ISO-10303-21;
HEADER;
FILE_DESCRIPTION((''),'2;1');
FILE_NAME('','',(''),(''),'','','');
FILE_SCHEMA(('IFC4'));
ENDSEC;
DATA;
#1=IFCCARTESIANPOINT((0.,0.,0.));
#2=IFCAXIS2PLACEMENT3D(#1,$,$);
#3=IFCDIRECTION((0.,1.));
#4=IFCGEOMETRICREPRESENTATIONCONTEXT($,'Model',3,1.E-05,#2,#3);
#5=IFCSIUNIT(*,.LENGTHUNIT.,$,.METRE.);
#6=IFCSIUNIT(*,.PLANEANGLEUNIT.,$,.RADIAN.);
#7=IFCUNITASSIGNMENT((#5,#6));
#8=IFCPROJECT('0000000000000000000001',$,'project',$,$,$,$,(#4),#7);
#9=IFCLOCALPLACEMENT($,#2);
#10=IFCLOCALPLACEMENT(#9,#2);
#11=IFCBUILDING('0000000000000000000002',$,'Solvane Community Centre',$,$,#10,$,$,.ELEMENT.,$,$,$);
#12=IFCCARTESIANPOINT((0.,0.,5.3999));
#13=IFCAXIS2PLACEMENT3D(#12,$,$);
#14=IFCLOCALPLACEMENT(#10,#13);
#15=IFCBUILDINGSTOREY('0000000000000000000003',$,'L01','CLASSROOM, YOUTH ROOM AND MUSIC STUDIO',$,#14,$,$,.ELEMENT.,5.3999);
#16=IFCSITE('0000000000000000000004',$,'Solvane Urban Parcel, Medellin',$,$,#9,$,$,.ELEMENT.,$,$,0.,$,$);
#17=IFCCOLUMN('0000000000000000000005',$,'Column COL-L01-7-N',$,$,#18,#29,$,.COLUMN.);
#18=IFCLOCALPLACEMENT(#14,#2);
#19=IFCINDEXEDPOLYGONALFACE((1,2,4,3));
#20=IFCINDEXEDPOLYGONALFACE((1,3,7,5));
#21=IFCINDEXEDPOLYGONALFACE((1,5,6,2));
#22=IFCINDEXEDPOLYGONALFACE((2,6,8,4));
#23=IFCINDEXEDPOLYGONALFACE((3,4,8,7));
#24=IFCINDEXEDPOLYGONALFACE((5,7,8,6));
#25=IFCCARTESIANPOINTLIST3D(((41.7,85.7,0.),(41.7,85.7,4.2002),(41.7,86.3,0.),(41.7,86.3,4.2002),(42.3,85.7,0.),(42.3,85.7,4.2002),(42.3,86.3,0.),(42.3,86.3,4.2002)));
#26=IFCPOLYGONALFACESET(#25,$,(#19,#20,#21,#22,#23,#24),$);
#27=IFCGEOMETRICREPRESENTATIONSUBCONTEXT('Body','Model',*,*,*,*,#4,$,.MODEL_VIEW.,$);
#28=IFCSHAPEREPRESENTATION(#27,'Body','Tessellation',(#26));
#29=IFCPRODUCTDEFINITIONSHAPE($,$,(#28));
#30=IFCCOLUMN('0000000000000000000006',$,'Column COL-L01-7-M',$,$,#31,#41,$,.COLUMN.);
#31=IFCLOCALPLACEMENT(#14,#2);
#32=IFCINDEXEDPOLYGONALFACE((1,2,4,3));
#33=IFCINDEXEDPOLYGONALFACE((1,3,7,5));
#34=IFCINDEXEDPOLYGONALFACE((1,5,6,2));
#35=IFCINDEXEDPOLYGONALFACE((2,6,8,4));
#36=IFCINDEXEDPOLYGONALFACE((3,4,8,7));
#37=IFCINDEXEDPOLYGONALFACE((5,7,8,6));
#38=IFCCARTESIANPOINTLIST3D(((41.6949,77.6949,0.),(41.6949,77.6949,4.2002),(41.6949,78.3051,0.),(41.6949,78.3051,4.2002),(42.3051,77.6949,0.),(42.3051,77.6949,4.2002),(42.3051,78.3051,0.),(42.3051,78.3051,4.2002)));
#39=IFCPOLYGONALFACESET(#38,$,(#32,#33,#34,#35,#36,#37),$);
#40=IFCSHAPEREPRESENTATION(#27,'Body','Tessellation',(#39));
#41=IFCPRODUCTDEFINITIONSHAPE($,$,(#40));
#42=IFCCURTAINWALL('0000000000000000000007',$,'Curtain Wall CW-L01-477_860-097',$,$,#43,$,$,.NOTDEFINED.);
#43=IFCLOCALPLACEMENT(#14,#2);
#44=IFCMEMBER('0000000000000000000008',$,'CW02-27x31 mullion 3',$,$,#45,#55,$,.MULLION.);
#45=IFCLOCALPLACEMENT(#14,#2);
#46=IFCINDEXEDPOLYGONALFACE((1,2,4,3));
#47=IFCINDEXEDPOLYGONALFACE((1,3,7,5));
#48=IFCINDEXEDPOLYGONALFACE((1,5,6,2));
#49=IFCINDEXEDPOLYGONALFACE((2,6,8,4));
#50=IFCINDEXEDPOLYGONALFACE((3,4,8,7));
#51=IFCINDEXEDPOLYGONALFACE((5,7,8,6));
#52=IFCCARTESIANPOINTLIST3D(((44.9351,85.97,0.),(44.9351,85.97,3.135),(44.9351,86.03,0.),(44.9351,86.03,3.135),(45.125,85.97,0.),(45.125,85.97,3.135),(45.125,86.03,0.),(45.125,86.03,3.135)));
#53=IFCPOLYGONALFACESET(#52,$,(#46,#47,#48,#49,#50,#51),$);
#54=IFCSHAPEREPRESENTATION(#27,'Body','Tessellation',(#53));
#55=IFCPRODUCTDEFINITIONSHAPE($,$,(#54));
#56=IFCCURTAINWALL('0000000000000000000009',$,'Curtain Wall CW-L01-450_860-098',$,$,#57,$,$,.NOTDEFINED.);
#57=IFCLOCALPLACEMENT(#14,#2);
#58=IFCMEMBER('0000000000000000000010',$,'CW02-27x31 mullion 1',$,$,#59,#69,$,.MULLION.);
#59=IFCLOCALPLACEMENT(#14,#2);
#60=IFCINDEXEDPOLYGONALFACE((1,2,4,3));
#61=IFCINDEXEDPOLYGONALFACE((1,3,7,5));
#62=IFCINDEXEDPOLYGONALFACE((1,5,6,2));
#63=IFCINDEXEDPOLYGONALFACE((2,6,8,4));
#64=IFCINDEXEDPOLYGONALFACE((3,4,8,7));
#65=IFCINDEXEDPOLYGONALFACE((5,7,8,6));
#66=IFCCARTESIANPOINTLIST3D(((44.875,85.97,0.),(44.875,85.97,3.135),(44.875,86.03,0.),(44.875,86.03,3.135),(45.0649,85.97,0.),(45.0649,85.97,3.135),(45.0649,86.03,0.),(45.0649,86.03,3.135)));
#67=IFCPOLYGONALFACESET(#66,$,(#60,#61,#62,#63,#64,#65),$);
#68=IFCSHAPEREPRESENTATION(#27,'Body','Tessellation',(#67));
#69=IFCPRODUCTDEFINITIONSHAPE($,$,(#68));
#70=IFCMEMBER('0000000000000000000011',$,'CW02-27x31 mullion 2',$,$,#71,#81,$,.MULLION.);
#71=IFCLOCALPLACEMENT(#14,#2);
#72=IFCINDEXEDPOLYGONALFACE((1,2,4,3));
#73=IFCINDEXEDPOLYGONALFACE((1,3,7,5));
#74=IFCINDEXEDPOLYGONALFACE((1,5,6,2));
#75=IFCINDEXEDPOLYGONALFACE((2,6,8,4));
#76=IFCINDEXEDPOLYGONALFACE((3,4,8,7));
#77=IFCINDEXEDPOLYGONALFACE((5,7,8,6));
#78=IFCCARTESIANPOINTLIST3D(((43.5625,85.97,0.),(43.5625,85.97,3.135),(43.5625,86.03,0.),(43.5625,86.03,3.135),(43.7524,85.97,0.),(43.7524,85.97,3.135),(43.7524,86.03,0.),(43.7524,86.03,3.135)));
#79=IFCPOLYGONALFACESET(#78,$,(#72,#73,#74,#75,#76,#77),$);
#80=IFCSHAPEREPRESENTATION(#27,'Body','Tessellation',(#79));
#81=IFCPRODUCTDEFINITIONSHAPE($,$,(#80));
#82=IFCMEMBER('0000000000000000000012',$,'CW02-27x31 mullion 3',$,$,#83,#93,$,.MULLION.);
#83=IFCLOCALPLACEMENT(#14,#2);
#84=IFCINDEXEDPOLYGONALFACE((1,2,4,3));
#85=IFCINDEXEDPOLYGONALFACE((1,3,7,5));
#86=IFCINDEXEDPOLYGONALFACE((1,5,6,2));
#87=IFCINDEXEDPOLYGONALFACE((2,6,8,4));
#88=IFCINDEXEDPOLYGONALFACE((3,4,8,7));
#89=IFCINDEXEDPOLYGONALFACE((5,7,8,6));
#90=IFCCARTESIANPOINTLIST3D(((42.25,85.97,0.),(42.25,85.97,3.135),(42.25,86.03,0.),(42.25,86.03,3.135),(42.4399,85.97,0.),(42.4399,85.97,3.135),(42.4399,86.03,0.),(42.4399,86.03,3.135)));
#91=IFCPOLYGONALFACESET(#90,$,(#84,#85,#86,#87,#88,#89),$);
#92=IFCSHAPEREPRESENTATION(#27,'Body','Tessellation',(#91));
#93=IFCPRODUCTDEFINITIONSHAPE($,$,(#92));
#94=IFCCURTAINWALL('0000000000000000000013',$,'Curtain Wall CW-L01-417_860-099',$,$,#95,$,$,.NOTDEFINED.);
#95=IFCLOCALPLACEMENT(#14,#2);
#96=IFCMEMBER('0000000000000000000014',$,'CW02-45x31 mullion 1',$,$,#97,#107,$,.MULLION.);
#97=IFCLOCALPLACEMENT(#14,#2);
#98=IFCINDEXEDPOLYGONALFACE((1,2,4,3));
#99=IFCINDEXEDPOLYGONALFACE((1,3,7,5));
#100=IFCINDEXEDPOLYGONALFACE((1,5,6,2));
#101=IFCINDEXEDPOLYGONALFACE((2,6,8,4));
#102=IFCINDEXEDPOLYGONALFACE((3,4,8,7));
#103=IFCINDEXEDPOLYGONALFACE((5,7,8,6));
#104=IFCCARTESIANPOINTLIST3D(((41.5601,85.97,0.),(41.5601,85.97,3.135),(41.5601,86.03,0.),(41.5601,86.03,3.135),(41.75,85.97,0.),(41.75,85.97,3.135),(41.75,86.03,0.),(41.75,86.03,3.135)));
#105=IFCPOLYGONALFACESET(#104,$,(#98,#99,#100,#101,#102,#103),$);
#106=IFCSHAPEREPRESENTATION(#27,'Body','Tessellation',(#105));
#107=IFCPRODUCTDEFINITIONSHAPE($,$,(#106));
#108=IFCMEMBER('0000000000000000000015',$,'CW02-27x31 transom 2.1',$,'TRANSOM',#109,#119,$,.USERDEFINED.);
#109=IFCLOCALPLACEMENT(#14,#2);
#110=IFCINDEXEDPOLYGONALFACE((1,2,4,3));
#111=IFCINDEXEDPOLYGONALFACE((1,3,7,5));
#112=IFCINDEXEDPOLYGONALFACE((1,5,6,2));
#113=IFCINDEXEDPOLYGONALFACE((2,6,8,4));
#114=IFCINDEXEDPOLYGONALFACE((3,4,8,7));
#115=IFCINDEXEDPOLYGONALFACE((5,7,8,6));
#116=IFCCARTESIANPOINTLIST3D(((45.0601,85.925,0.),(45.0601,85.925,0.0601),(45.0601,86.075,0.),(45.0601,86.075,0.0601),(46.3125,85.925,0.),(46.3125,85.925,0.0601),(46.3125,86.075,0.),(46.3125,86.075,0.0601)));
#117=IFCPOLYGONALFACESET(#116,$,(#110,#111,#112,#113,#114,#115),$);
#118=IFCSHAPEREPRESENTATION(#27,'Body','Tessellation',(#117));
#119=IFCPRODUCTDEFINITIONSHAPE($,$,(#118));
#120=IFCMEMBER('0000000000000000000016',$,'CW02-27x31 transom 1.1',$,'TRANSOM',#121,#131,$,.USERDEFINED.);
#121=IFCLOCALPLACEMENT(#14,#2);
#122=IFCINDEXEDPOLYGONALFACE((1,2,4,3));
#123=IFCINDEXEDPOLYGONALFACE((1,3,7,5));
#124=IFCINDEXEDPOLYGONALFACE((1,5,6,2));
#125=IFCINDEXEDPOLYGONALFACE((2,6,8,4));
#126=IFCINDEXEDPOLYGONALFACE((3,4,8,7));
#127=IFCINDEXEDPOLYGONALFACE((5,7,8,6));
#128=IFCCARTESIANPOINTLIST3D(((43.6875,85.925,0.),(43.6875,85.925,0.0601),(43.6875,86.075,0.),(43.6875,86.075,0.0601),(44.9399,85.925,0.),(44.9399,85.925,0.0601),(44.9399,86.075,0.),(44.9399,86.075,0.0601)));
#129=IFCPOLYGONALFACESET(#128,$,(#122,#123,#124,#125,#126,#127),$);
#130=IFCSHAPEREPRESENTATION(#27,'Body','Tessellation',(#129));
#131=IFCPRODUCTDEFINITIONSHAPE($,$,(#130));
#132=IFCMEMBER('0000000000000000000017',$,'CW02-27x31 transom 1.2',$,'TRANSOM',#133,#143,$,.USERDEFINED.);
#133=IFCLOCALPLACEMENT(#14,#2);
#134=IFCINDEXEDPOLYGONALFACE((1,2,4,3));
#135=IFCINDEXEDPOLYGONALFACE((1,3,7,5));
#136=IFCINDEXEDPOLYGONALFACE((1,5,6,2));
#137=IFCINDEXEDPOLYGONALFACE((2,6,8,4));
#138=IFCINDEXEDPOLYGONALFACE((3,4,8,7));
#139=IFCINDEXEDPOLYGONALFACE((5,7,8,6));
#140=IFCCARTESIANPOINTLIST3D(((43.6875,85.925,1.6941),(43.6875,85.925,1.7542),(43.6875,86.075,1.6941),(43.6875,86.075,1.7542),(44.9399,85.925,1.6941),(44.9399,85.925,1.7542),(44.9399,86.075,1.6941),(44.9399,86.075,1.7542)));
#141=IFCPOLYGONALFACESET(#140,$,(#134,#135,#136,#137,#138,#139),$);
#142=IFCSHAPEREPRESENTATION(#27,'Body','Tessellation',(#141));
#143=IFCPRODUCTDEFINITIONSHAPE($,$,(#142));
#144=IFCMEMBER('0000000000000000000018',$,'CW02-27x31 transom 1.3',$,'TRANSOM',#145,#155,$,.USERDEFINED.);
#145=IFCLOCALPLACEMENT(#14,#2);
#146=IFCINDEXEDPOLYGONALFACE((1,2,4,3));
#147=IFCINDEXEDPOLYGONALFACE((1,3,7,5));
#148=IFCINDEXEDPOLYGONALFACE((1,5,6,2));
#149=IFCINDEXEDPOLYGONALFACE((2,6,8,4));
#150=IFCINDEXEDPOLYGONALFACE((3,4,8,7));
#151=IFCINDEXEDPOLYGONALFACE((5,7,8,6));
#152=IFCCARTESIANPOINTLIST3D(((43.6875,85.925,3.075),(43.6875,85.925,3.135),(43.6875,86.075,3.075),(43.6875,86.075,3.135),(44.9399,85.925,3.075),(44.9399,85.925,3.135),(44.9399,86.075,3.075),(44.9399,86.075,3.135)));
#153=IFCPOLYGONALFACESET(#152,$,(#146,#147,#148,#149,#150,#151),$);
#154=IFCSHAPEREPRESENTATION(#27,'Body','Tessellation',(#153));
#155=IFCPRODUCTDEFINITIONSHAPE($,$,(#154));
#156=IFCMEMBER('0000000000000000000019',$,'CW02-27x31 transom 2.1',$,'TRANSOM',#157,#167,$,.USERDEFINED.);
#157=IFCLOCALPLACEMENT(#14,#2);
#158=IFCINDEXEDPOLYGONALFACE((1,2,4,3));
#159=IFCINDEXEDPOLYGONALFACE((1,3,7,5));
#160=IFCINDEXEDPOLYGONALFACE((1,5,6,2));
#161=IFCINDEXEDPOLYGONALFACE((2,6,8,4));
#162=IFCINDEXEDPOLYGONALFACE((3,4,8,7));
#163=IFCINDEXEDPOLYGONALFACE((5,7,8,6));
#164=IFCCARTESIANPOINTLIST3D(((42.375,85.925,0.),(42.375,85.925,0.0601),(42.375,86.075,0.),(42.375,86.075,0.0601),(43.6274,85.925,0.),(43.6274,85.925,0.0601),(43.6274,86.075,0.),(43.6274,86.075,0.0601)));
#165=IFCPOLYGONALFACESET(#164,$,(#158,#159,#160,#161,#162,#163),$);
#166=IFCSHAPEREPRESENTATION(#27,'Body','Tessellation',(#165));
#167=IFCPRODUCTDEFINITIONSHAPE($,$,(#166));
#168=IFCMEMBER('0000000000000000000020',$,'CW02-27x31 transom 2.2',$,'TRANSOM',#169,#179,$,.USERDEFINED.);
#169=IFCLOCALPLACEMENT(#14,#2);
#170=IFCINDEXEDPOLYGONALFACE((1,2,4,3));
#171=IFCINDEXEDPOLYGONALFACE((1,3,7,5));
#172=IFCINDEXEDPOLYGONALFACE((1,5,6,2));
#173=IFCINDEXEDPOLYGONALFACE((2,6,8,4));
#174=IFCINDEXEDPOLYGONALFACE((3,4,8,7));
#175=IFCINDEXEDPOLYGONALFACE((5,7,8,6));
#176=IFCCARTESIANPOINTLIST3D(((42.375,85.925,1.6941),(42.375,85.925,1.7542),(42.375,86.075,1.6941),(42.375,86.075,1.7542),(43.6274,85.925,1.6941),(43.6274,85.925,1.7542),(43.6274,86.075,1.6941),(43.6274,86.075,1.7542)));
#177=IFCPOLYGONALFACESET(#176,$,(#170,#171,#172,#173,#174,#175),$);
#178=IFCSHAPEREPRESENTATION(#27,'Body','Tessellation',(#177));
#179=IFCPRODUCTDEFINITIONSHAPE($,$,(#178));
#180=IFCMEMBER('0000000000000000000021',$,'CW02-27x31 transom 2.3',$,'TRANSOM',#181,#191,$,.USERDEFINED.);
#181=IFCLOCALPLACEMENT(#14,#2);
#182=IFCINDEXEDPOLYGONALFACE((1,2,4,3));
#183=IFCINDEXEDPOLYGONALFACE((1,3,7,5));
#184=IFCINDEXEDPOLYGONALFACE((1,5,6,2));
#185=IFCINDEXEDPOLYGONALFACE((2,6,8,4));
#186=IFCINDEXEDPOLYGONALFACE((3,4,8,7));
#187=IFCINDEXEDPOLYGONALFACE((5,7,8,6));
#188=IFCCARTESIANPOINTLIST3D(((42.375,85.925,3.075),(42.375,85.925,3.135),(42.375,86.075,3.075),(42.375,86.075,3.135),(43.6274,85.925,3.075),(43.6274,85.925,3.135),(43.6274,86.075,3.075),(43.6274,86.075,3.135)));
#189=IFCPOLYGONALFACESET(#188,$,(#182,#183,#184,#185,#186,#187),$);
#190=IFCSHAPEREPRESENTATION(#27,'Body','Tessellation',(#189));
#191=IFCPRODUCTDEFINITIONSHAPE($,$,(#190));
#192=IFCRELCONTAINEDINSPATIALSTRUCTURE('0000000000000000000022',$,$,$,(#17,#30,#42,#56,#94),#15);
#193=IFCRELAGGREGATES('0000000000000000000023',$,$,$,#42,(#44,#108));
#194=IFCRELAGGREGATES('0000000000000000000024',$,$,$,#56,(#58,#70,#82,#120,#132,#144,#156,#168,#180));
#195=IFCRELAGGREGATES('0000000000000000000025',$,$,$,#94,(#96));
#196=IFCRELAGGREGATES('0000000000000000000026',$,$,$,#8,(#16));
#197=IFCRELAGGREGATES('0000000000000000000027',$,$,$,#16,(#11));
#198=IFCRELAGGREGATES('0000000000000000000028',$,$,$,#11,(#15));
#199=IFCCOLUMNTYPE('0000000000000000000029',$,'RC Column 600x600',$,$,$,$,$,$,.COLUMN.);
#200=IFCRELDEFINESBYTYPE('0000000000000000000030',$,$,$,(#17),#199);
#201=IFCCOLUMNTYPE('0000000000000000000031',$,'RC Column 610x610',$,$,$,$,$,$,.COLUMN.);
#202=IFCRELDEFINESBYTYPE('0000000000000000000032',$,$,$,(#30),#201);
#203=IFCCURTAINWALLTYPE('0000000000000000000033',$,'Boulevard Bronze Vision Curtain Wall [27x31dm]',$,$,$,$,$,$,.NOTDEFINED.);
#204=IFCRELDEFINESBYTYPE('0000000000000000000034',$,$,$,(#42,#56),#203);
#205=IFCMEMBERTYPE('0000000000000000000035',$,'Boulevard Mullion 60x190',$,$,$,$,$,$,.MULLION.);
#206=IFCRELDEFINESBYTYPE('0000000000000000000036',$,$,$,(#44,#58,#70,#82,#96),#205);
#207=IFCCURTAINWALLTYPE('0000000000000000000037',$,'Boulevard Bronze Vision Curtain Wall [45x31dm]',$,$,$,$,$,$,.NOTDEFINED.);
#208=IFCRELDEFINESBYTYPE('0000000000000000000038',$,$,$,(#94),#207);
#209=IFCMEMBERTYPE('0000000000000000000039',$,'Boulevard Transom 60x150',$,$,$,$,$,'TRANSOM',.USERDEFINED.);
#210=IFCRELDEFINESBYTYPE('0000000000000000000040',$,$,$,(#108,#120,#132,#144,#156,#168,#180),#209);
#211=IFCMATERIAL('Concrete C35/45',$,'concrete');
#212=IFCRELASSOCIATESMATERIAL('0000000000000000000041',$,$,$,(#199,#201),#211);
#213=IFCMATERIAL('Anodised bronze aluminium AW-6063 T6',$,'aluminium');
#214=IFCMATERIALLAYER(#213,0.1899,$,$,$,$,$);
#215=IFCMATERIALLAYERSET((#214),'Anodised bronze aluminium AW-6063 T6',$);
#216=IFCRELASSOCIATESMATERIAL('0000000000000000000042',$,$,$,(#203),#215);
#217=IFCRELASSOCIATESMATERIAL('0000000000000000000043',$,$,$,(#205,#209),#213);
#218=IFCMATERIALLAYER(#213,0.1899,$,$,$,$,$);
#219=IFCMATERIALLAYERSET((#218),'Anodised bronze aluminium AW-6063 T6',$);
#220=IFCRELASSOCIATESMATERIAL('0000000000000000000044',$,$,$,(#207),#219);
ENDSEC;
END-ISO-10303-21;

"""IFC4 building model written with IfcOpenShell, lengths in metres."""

from ifc_helpers import new_model, si_unit, direction, frame, origin, origin_2d, place, context, subcontext, project, spatial, rectangle, extrude, material, layer, layer_set, material_profile, profile_set, type_object, element, aggregate, save


model = new_model("IFC4")

# Units and contexts
model_context = context("Model", 3, precision=1e-05, world=origin(), true_north=direction((0.0, 1.0)))
body_context = subcontext(model_context, "Body", "Model", "MODEL_VIEW")
ifc_project = project(units=[si_unit("LENGTHUNIT", "METRE"), si_unit("PLANEANGLEUNIT", "RADIAN")], contexts=[model_context])

# Site, building, storey
site_placement = place(None, origin())
site = spatial("IfcSite", under=ifc_project, at=site_placement, Name="Solvane Urban Parcel, Medellin", CompositionType="ELEMENT", RefElevation=0.0)
building_placement = place(site_placement, origin())
building = spatial("IfcBuilding", under=site, at=building_placement, Name="Solvane Community Centre", CompositionType="ELEMENT")
storey_placement = place(building_placement, frame((0.0, 0.0, 5.3999)))
storey = spatial("IfcBuildingStorey", under=building, at=storey_placement, Name="L01", Description="CLASSROOM, YOUTH ROOM AND MUSIC STUDIO", CompositionType="ELEMENT", Elevation=5.3999)

# Columns
ifc_material_1 = material(Name="Concrete C35/45", Category="concrete")
ifc_material_profile_1 = material_profile(ifc_material_1, rectangle(XDim=0.6001, YDim=0.6001, at=origin_2d()), Name="RC 600x600")
ifc_profile_set_1 = profile_set([ifc_material_profile_1], Name="Concrete C35/45")
column_type_1 = type_object("IfcColumnType", Name="RC Column 600x600", PredefinedType="COLUMN", material=ifc_profile_set_1)
column_1_placement = place(storey_placement, frame((42.0, 86.0, 0.0), z_axis=(0.0, 0.0, 1.0), x_axis=(1.0, 0.0, 0.0)))
element("IfcColumn", 1, at=column_1_placement, inside=storey, type_object=column_type_1, Name="Column COL-L01-7-N", PredefinedType="COLUMN", context=body_context, shape_type="SweptSolid", body=[
    extrude(rectangle(XDim=0.6001, YDim=0.6001, at=origin_2d()), origin(), (0.0, 0.0, 1.0), 4.2002),
])
ifc_material_profile_2 = material_profile(ifc_material_1, rectangle(XDim=0.6101, YDim=0.6101, at=origin_2d()), Name="RC 610x610")
ifc_profile_set_2 = profile_set([ifc_material_profile_2], Name="Concrete C35/45")
column_type_2 = type_object("IfcColumnType", Name="RC Column 610x610", PredefinedType="COLUMN", material=ifc_profile_set_2)
column_2_placement = place(storey_placement, frame((42.0, 78.0, 0.0), z_axis=(0.0, 0.0, 1.0), x_axis=(1.0, 0.0, 0.0)))
element("IfcColumn", 2, at=column_2_placement, inside=storey, type_object=column_type_2, Name="Column COL-L01-7-M", PredefinedType="COLUMN", context=body_context, shape_type="SweptSolid", body=[
    extrude(rectangle(XDim=0.6101, YDim=0.6101, at=origin_2d()), origin(), (0.0, 0.0, 1.0), 4.2002),
])

# Curtain wall, member
ifc_material_2 = material(Name="Anodised bronze aluminium AW-6063 T6", Category="aluminium")
ifc_layer_1 = layer(ifc_material_2, 0.1899)
ifc_layer_set_1 = layer_set([ifc_layer_1], Name="Anodised bronze aluminium AW-6063 T6")
curtain_wall_type_1 = type_object("IfcCurtainWallType", Name="Boulevard Bronze Vision Curtain Wall [27x31dm]", PredefinedType="NOTDEFINED", material=ifc_layer_set_1)
curtain_wall_1_placement = place(storey_placement, origin())
curtain_wall_1 = element("IfcCurtainWall", 3, at=curtain_wall_1_placement, inside=storey, type_object=curtain_wall_type_1, Name="Curtain Wall CW-L01-477_860-097", PredefinedType="NOTDEFINED")
ifc_material_profile_3 = material_profile(ifc_material_2, rectangle(XDim=0.0601, YDim=0.1899, at=origin_2d()), Name="CW-M 60x190")
ifc_profile_set_3 = profile_set([ifc_material_profile_3], Name="Anodised bronze aluminium AW-6063 T6")
member_type_1 = type_object("IfcMemberType", Name="Boulevard Mullion 60x190", PredefinedType="MULLION", material=ifc_profile_set_3)
member_1_placement = place(storey_placement, frame((45.03, 86.0, 0.0), z_axis=(0.0, 0.0, 1.0), x_axis=(0.0, -1.0, 0.0)))
member_1 = element("IfcMember", 4, at=member_1_placement, type_object=member_type_1, Name="CW02-27x31 mullion 3", PredefinedType="MULLION", context=body_context, shape_type="SweptSolid", body=[
    extrude(rectangle(XDim=0.0601, YDim=0.1899, at=origin_2d()), origin(), (0.0, 0.0, 1.0), 3.135),
])

# Curtain wall, members
curtain_wall_2_placement = place(storey_placement, origin())
curtain_wall_2 = element("IfcCurtainWall", 5, at=curtain_wall_2_placement, inside=storey, type_object=curtain_wall_type_1, Name="Curtain Wall CW-L01-450_860-098", PredefinedType="NOTDEFINED")
member_2_placement = place(storey_placement, frame((44.97, 86.0, 0.0), z_axis=(0.0, 0.0, 1.0), x_axis=(0.0, -1.0, 0.0)))
member_2 = element("IfcMember", 6, at=member_2_placement, type_object=member_type_1, Name="CW02-27x31 mullion 1", PredefinedType="MULLION", context=body_context, shape_type="SweptSolid", body=[
    extrude(rectangle(XDim=0.0601, YDim=0.1899, at=origin_2d()), origin(), (0.0, 0.0, 1.0), 3.135),
])
member_3_placement = place(storey_placement, frame((43.6575, 86.0, 0.0), z_axis=(0.0, 0.0, 1.0), x_axis=(0.0, -1.0, 0.0)))
member_3 = element("IfcMember", 7, at=member_3_placement, type_object=member_type_1, Name="CW02-27x31 mullion 2", PredefinedType="MULLION", context=body_context, shape_type="SweptSolid", body=[
    extrude(rectangle(XDim=0.0601, YDim=0.1899, at=origin_2d()), origin(), (0.0, 0.0, 1.0), 3.135),
])
member_4_placement = place(storey_placement, frame((42.345, 86.0, 0.0), z_axis=(0.0, 0.0, 1.0), x_axis=(0.0, -1.0, 0.0)))
member_4 = element("IfcMember", 8, at=member_4_placement, type_object=member_type_1, Name="CW02-27x31 mullion 3", PredefinedType="MULLION", context=body_context, shape_type="SweptSolid", body=[
    extrude(rectangle(XDim=0.0601, YDim=0.1899, at=origin_2d()), origin(), (0.0, 0.0, 1.0), 3.135),
])

# Curtain wall, member
ifc_layer_2 = layer(ifc_material_2, 0.1899)
ifc_layer_set_2 = layer_set([ifc_layer_2], Name="Anodised bronze aluminium AW-6063 T6")
curtain_wall_type_2 = type_object("IfcCurtainWallType", Name="Boulevard Bronze Vision Curtain Wall [45x31dm]", PredefinedType="NOTDEFINED", material=ifc_layer_set_2)
curtain_wall_3_placement = place(storey_placement, origin())
curtain_wall_3 = element("IfcCurtainWall", 9, at=curtain_wall_3_placement, inside=storey, type_object=curtain_wall_type_2, Name="Curtain Wall CW-L01-417_860-099", PredefinedType="NOTDEFINED")
member_5_placement = place(storey_placement, frame((41.655, 86.0, 0.0), z_axis=(0.0, 0.0, 1.0), x_axis=(0.0, -1.0, 0.0)))
member_5 = element("IfcMember", 10, at=member_5_placement, type_object=member_type_1, Name="CW02-45x31 mullion 1", PredefinedType="MULLION", context=body_context, shape_type="SweptSolid", body=[
    extrude(rectangle(XDim=0.0601, YDim=0.1899, at=origin_2d()), origin(), (0.0, 0.0, 1.0), 3.135),
])

# Members
ifc_material_profile_4 = material_profile(ifc_material_2, rectangle(XDim=0.1499, YDim=0.0601, at=origin_2d()), Name="CW-T 60x150")
ifc_profile_set_4 = profile_set([ifc_material_profile_4], Name="Anodised bronze aluminium AW-6063 T6")
member_type_2 = type_object("IfcMemberType", Name="Boulevard Transom 60x150", ElementType="TRANSOM", PredefinedType="USERDEFINED", material=ifc_profile_set_4)
member_6_placement = place(storey_placement, frame((46.3125, 86.0, 0.03), z_axis=(-1.0, 0.0, 0.0), x_axis=(0.0, -1.0, 0.0)))
member_6 = element("IfcMember", 11, at=member_6_placement, type_object=member_type_2, Name="CW02-27x31 transom 2.1", ObjectType="TRANSOM", PredefinedType="USERDEFINED", context=body_context, shape_type="SweptSolid", body=[
    extrude(rectangle(XDim=0.1499, YDim=0.0601, at=origin_2d()), origin(), (0.0, 0.0, 1.0), 1.2524),
])
member_7_placement = place(storey_placement, frame((44.9399, 86.0, 0.03), z_axis=(-1.0, 0.0, 0.0), x_axis=(0.0, -1.0, 0.0)))
member_7 = element("IfcMember", 12, at=member_7_placement, type_object=member_type_2, Name="CW02-27x31 transom 1.1", ObjectType="TRANSOM", PredefinedType="USERDEFINED", context=body_context, shape_type="SweptSolid", body=[
    extrude(rectangle(XDim=0.1499, YDim=0.0601, at=origin_2d()), origin(), (0.0, 0.0, 1.0), 1.2524),
])
member_8_placement = place(storey_placement, frame((44.9399, 86.0, 1.7241), z_axis=(-1.0, 0.0, 0.0), x_axis=(0.0, -1.0, 0.0)))
member_8 = element("IfcMember", 13, at=member_8_placement, type_object=member_type_2, Name="CW02-27x31 transom 1.2", ObjectType="TRANSOM", PredefinedType="USERDEFINED", context=body_context, shape_type="SweptSolid", body=[
    extrude(rectangle(XDim=0.1499, YDim=0.0601, at=origin_2d()), origin(), (0.0, 0.0, 1.0), 1.2524),
])
member_9_placement = place(storey_placement, frame((44.9399, 86.0, 3.105), z_axis=(-1.0, 0.0, 0.0), x_axis=(0.0, -1.0, 0.0)))
member_9 = element("IfcMember", 14, at=member_9_placement, type_object=member_type_2, Name="CW02-27x31 transom 1.3", ObjectType="TRANSOM", PredefinedType="USERDEFINED", context=body_context, shape_type="SweptSolid", body=[
    extrude(rectangle(XDim=0.1499, YDim=0.0601, at=origin_2d()), origin(), (0.0, 0.0, 1.0), 1.2524),
])
member_10_placement = place(storey_placement, frame((43.6274, 86.0, 0.03), z_axis=(-1.0, 0.0, 0.0), x_axis=(0.0, -1.0, 0.0)))
member_10 = element("IfcMember", 15, at=member_10_placement, type_object=member_type_2, Name="CW02-27x31 transom 2.1", ObjectType="TRANSOM", PredefinedType="USERDEFINED", context=body_context, shape_type="SweptSolid", body=[
    extrude(rectangle(XDim=0.1499, YDim=0.0601, at=origin_2d()), origin(), (0.0, 0.0, 1.0), 1.2524),
])
member_11_placement = place(storey_placement, frame((43.6274, 86.0, 1.7241), z_axis=(-1.0, 0.0, 0.0), x_axis=(0.0, -1.0, 0.0)))
member_11 = element("IfcMember", 16, at=member_11_placement, type_object=member_type_2, Name="CW02-27x31 transom 2.2", ObjectType="TRANSOM", PredefinedType="USERDEFINED", context=body_context, shape_type="SweptSolid", body=[
    extrude(rectangle(XDim=0.1499, YDim=0.0601, at=origin_2d()), origin(), (0.0, 0.0, 1.0), 1.2524),
])
member_12_placement = place(storey_placement, frame((43.6274, 86.0, 3.105), z_axis=(-1.0, 0.0, 0.0), x_axis=(0.0, -1.0, 0.0)))
member_12 = element("IfcMember", 17, at=member_12_placement, type_object=member_type_2, Name="CW02-27x31 transom 2.3", ObjectType="TRANSOM", PredefinedType="USERDEFINED", context=body_context, shape_type="SweptSolid", body=[
    extrude(rectangle(XDim=0.1499, YDim=0.0601, at=origin_2d()), origin(), (0.0, 0.0, 1.0), 1.2524),
])

aggregate(curtain_wall_1, [member_1, member_6])
aggregate(curtain_wall_2, [member_2, member_3, member_4, member_7, member_8, member_9, member_10, member_11, member_12])
aggregate(curtain_wall_3, [member_5])

save(model, "model.ifc")
